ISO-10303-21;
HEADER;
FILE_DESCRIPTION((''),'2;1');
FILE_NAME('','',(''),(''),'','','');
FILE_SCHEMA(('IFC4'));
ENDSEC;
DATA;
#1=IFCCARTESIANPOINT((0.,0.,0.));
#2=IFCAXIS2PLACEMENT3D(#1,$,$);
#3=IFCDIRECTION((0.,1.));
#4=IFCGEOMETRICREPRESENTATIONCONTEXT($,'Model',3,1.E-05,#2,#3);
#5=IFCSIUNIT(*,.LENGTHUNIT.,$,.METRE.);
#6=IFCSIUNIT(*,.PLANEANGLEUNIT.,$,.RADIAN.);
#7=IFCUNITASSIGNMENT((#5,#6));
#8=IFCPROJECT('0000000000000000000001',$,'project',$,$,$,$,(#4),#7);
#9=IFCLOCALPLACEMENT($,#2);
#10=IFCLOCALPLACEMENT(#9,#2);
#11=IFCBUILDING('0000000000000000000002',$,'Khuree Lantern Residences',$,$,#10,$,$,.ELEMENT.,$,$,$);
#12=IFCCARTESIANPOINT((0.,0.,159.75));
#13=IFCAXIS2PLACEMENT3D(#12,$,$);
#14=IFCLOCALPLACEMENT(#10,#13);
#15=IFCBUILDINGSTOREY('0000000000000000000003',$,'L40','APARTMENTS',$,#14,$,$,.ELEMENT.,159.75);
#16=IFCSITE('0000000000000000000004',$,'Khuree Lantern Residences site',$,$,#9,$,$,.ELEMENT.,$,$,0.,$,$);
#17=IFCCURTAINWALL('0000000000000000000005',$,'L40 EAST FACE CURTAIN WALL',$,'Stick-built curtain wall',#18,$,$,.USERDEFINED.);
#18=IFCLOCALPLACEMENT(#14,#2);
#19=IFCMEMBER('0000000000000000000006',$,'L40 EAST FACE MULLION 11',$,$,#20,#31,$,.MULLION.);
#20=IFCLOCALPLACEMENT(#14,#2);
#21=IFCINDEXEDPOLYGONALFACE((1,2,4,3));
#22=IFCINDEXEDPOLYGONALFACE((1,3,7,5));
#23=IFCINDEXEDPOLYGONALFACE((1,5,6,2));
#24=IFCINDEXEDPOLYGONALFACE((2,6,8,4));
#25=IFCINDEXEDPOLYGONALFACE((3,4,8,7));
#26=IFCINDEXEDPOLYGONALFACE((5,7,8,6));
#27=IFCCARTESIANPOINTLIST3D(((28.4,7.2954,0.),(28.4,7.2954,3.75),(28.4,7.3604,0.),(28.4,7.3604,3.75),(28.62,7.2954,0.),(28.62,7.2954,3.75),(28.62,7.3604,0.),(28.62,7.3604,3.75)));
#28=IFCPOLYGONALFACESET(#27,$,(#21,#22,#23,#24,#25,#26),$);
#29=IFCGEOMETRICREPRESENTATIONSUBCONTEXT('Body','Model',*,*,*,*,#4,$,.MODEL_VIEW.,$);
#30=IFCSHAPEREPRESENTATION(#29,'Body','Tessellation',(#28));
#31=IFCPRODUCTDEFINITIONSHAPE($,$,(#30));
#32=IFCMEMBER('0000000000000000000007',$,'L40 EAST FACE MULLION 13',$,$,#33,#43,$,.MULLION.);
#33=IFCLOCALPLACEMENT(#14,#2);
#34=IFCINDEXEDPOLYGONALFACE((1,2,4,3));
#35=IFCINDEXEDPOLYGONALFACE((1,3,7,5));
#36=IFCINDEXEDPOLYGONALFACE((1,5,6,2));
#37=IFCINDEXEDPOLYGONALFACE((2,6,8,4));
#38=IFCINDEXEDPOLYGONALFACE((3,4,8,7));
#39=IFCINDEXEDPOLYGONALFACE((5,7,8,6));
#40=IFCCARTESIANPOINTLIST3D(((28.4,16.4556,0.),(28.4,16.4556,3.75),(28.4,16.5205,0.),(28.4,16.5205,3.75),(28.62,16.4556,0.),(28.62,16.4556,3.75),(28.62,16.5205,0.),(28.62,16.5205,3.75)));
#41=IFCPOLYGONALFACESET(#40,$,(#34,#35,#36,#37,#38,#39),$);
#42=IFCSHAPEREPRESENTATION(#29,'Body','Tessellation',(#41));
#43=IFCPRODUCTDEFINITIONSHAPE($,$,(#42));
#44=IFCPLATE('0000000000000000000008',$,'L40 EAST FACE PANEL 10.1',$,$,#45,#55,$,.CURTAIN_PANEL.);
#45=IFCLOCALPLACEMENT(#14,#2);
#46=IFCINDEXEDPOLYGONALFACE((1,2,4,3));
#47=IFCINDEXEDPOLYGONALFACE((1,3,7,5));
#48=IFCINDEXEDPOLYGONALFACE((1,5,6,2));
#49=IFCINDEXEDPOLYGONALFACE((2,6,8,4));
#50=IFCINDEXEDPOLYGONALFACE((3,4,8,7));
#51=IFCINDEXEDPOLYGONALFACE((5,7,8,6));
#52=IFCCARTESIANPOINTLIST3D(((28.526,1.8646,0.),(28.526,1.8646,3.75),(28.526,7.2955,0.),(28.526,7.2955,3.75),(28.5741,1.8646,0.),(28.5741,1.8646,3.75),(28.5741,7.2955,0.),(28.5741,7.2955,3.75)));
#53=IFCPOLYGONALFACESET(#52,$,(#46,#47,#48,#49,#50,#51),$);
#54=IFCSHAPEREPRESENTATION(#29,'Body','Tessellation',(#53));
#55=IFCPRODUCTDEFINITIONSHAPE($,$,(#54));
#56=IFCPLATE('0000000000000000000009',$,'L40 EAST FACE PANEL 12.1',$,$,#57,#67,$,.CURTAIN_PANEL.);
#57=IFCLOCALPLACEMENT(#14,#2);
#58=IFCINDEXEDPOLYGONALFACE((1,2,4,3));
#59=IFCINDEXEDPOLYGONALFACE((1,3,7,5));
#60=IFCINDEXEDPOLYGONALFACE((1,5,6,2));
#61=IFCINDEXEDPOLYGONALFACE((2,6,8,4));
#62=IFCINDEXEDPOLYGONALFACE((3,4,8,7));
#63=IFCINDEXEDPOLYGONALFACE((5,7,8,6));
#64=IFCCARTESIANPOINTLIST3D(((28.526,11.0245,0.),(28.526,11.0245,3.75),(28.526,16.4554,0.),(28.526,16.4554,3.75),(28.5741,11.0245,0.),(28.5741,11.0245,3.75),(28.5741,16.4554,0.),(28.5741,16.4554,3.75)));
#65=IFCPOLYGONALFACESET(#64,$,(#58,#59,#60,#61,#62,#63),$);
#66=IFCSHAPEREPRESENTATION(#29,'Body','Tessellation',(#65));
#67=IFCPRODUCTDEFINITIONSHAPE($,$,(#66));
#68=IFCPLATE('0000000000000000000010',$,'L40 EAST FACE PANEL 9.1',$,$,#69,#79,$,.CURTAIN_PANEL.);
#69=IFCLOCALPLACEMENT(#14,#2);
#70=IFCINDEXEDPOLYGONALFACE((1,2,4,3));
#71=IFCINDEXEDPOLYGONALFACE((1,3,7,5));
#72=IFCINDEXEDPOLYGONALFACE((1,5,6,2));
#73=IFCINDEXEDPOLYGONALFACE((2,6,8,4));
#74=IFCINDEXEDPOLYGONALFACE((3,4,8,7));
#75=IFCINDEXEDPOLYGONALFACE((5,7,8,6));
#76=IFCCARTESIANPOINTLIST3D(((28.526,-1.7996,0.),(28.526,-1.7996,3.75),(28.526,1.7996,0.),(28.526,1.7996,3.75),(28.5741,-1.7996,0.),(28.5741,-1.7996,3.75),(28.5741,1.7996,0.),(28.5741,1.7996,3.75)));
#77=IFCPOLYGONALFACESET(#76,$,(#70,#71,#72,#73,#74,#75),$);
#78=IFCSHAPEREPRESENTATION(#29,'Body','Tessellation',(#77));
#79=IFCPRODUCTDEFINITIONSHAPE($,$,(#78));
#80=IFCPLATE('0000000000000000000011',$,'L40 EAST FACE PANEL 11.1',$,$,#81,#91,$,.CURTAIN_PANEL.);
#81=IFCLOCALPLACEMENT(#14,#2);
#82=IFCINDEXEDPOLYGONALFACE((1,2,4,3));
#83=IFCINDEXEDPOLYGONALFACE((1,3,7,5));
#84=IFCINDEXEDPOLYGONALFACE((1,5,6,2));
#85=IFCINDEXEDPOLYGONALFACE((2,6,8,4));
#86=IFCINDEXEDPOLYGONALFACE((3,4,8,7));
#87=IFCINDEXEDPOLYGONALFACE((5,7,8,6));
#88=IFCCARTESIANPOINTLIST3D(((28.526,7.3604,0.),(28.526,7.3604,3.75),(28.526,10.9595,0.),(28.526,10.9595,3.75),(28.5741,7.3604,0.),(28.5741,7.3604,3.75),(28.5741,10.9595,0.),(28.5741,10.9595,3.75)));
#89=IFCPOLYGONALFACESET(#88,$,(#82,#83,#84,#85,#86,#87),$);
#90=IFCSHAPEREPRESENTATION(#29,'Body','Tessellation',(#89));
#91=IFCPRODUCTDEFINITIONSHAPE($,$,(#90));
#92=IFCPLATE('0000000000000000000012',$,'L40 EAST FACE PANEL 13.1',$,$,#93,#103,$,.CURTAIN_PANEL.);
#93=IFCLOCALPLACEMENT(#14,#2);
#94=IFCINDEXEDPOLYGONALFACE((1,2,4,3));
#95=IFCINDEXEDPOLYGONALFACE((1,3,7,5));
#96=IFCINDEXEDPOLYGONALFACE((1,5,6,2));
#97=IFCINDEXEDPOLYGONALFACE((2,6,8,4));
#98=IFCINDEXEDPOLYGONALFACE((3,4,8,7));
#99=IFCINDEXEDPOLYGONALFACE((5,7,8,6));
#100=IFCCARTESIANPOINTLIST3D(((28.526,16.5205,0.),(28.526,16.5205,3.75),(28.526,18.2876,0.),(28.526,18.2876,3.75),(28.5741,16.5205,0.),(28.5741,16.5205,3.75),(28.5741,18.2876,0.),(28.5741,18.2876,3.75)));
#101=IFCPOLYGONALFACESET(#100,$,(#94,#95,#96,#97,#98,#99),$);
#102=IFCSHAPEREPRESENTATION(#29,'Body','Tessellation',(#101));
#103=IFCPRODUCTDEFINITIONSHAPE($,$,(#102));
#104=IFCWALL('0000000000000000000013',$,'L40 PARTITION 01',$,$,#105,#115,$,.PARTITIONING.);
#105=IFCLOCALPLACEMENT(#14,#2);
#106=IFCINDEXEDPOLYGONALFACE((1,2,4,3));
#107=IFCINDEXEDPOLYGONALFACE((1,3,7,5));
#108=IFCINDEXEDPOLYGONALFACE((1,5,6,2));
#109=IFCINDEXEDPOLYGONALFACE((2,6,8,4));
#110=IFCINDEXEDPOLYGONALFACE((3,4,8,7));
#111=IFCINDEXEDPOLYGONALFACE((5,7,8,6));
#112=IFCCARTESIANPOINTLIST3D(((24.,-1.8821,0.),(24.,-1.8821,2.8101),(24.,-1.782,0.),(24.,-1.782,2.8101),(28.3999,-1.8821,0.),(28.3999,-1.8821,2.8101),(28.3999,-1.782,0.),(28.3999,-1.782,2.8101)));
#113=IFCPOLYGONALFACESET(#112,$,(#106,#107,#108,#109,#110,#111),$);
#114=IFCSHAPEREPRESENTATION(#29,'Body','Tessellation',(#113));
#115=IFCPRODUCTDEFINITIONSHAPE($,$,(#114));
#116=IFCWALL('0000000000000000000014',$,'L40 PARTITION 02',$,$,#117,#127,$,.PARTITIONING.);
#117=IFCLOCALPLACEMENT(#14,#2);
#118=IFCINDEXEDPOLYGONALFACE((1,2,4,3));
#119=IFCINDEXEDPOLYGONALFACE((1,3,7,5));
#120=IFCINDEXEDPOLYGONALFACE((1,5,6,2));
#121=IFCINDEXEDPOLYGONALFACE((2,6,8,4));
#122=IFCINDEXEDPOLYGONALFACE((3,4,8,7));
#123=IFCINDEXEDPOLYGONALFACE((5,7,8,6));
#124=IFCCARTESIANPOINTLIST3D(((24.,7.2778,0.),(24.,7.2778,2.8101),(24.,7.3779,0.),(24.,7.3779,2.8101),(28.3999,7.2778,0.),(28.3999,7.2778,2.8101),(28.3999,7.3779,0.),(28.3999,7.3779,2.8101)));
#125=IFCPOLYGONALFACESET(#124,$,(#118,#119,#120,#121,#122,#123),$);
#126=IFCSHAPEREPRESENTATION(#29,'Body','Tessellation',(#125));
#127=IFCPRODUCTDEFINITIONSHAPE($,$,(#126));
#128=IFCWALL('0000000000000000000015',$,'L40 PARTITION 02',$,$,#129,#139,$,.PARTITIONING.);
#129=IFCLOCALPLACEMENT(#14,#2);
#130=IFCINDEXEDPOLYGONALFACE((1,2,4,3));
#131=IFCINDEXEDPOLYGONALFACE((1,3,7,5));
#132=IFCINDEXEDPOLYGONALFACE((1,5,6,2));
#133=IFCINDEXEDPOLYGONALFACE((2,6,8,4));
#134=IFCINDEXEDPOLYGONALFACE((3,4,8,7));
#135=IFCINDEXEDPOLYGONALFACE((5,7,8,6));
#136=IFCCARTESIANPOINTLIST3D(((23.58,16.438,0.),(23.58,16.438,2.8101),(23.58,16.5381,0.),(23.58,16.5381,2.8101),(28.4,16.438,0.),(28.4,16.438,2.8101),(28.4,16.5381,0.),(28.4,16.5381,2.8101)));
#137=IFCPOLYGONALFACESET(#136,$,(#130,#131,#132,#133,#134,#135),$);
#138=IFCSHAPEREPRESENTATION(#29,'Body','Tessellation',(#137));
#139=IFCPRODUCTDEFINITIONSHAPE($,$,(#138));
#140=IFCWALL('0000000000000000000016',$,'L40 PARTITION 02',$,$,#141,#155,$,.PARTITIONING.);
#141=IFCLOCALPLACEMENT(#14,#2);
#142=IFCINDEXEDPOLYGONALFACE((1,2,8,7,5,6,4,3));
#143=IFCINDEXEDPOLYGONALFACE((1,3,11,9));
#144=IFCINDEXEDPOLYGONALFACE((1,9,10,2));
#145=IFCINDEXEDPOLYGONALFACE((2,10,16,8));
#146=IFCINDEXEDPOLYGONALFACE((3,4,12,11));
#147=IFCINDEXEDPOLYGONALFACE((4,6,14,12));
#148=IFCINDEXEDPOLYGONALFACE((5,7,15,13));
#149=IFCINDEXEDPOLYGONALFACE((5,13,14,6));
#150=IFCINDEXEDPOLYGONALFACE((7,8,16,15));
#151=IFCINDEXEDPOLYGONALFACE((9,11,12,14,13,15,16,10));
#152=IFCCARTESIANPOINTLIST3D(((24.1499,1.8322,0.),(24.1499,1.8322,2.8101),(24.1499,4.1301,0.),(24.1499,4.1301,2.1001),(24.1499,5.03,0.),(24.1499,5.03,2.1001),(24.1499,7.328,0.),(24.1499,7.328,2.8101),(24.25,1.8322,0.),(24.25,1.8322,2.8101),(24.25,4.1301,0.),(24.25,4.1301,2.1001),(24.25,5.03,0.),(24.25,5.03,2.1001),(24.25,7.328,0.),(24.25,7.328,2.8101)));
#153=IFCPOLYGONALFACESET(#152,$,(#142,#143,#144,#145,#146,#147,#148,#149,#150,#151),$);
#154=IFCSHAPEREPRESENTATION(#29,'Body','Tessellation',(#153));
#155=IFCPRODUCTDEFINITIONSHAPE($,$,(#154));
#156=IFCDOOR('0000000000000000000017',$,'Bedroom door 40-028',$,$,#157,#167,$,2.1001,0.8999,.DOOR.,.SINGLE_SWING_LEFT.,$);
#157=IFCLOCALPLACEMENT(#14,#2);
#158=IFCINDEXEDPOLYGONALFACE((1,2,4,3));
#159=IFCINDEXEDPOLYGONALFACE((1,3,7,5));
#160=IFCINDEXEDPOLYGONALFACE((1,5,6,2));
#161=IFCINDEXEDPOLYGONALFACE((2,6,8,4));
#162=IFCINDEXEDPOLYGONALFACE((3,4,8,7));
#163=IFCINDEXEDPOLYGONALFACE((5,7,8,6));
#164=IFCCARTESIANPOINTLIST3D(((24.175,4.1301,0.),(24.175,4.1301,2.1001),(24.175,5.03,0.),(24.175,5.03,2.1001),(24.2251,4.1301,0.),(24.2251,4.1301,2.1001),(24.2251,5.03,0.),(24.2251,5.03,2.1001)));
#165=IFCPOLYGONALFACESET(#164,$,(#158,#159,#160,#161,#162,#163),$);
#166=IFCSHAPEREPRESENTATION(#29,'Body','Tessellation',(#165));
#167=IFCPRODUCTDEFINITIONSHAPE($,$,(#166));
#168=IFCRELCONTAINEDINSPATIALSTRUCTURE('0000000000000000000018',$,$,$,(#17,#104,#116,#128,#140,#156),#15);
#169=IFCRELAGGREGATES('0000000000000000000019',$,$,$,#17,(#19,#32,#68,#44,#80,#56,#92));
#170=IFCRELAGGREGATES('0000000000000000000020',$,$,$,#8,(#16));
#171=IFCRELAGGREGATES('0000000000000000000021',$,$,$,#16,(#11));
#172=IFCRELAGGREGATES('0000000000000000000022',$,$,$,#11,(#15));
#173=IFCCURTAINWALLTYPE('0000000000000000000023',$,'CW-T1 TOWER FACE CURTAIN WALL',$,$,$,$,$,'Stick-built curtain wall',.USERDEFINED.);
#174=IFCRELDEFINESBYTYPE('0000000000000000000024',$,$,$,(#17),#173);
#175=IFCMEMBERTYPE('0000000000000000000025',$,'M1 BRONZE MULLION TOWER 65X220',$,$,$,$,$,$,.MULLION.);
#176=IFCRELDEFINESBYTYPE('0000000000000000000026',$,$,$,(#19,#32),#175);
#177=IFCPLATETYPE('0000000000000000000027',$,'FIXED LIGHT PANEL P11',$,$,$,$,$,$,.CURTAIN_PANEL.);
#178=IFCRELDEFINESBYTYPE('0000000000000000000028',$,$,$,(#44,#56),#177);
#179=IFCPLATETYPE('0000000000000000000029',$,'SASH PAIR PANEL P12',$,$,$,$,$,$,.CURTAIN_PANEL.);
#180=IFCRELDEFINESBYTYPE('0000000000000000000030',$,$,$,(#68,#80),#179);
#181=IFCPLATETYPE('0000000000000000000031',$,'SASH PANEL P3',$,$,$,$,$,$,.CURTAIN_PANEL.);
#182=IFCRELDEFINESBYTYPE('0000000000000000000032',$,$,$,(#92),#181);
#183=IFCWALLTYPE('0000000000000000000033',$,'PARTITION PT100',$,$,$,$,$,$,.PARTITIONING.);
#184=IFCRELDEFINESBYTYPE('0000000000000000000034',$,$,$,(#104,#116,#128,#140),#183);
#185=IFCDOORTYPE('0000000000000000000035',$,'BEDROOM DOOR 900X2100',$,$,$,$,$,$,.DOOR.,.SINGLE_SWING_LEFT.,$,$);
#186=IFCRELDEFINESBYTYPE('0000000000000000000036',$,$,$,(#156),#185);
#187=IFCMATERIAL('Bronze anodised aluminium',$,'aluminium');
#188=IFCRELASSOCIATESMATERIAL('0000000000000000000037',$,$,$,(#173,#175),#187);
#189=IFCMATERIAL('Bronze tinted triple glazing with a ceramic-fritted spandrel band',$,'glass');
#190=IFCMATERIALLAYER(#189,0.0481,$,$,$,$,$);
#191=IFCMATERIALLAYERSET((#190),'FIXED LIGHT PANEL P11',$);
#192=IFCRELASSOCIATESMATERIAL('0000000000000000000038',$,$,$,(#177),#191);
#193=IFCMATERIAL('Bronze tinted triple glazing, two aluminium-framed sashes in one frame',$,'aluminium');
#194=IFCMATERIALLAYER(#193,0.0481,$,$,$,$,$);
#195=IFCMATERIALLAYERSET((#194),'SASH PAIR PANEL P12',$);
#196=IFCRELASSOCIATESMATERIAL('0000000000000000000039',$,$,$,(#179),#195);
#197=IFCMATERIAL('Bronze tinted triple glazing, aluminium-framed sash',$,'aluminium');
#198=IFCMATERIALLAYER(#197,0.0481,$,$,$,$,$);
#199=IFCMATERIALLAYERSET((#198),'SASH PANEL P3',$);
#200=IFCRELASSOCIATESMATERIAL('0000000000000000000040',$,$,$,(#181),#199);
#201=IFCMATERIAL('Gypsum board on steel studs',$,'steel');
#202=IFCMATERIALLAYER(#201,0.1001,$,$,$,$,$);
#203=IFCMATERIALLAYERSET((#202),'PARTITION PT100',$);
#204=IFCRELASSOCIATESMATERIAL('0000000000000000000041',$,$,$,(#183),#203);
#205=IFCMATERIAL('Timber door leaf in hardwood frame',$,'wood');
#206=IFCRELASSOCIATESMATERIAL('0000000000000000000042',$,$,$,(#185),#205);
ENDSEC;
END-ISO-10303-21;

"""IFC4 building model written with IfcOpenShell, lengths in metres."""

from ifc_helpers import new_model, si_unit, direction, frame, frame_2d, origin, origin_2d, place, context, subcontext, project, spatial, rectangle, extrude, material, layer, layer_set, material_profile, profile_set, type_object, element, fill, aggregate, save


model = new_model("IFC4")

# Units and contexts
model_context = context("Model", 3, precision=1e-05, world=origin(), true_north=direction((0.0, 1.0)))
body_context = subcontext(model_context, "Body", "Model", "MODEL_VIEW")
ifc_project = project(units=[si_unit("LENGTHUNIT", "METRE"), si_unit("PLANEANGLEUNIT", "RADIAN")], contexts=[model_context])

# Site, building, storey
site_placement = place(None, origin())
site = spatial("IfcSite", under=ifc_project, at=site_placement, Name="Khuree Lantern Residences site", CompositionType="ELEMENT", RefElevation=0.0)
building_placement = place(site_placement, origin())
building = spatial("IfcBuilding", under=site, at=building_placement, Name="Khuree Lantern Residences", CompositionType="ELEMENT")
storey_placement = place(building_placement, frame((0.0, 0.0, 159.75)))
storey = spatial("IfcBuildingStorey", under=building, at=storey_placement, Name="L40", Description="APARTMENTS", CompositionType="ELEMENT", Elevation=159.75)

# Curtain wall
ifc_material_1 = material(Name="Bronze anodised aluminium", Category="aluminium")
curtain_wall_type = type_object("IfcCurtainWallType", Name="CW-T1 TOWER FACE CURTAIN WALL", ElementType="Stick-built curtain wall", PredefinedType="USERDEFINED", material=ifc_material_1)
curtain_wall_placement = place(storey_placement, origin())
curtain_wall = element("IfcCurtainWall", 1, at=curtain_wall_placement, inside=storey, type_object=curtain_wall_type, Name="L40 EAST FACE CURTAIN WALL", ObjectType="Stick-built curtain wall", PredefinedType="USERDEFINED")

# Members
ifc_material_profile_1 = material_profile(ifc_material_1, rectangle(XDim=0.0649, YDim=0.22, at=origin_2d()), Name="M1 65X220")
ifc_profile_set_1 = profile_set([ifc_material_profile_1], Name="Bronze anodised aluminium")
member_type_1 = type_object("IfcMemberType", Name="M1 BRONZE MULLION TOWER 65X220", PredefinedType="MULLION", material=ifc_profile_set_1)
member_1_placement = place(storey_placement, frame((28.51, 7.3279, 0.0), z_axis=(0.0, 0.0, 1.0), x_axis=(0.0, 1.0, 0.0)))
member_1 = element("IfcMember", 2, at=member_1_placement, type_object=member_type_1, Name="L40 EAST FACE MULLION 11", PredefinedType="MULLION", context=body_context, shape_type="SweptSolid", body=[
    extrude(rectangle(XDim=0.0649, YDim=0.22, at=origin_2d()), origin(), (0.0, 0.0, 1.0), 3.75),
])
member_2_placement = place(storey_placement, frame((28.51, 16.488, 0.0), z_axis=(0.0, 0.0, 1.0), x_axis=(0.0, 1.0, 0.0)))
member_2 = element("IfcMember", 3, at=member_2_placement, type_object=member_type_1, Name="L40 EAST FACE MULLION 13", PredefinedType="MULLION", context=body_context, shape_type="SweptSolid", body=[
    extrude(rectangle(XDim=0.0649, YDim=0.22, at=origin_2d()), origin(), (0.0, 0.0, 1.0), 3.75),
])

# Plates
ifc_material_2 = material(Name="Bronze tinted triple glazing with a ceramic-fritted spandrel band", Category="glass")
ifc_layer_1 = layer(ifc_material_2, 0.0481)
ifc_layer_set_1 = layer_set([ifc_layer_1], Name="FIXED LIGHT PANEL P11")
plate_type_1 = type_object("IfcPlateType", Name="FIXED LIGHT PANEL P11", PredefinedType="CURTAIN_PANEL", material=ifc_layer_set_1)
plate_1_placement = place(storey_placement, frame((28.55, 4.5801, 0.0), z_axis=(0.0, 0.0, 1.0), x_axis=(0.0, 1.0, 0.0)))
plate_1 = element("IfcPlate", 4, at=plate_1_placement, type_object=plate_type_1, Name="L40 EAST FACE PANEL 10.1", PredefinedType="CURTAIN_PANEL", context=body_context, shape_type="SweptSolid", body=[
    extrude(rectangle(XDim=5.4309, YDim=0.0481, at=origin_2d()), origin(), (0.0, 0.0, 1.0), 3.75),
])
plate_2_placement = place(storey_placement, frame((28.55, 13.74, 0.0), z_axis=(0.0, 0.0, 1.0), x_axis=(0.0, 1.0, 0.0)))
plate_2 = element("IfcPlate", 5, at=plate_2_placement, type_object=plate_type_1, Name="L40 EAST FACE PANEL 12.1", PredefinedType="CURTAIN_PANEL", context=body_context, shape_type="SweptSolid", body=[
    extrude(rectangle(XDim=5.4309, YDim=0.0481, at=origin_2d()), origin(), (0.0, 0.0, 1.0), 3.75),
])
ifc_material_3 = material(Name="Bronze tinted triple glazing, two aluminium-framed sashes in one frame", Category="aluminium")
ifc_layer_2 = layer(ifc_material_3, 0.0481)
ifc_layer_set_2 = layer_set([ifc_layer_2], Name="SASH PAIR PANEL P12")
plate_type_2 = type_object("IfcPlateType", Name="SASH PAIR PANEL P12", PredefinedType="CURTAIN_PANEL", material=ifc_layer_set_2)
plate_3_placement = place(storey_placement, frame((28.55, 0.0, 0.0), z_axis=(0.0, 0.0, 1.0), x_axis=(0.0, 1.0, 0.0)))
plate_3 = element("IfcPlate", 6, at=plate_3_placement, type_object=plate_type_2, Name="L40 EAST FACE PANEL 9.1", PredefinedType="CURTAIN_PANEL", context=body_context, shape_type="SweptSolid", body=[
    extrude(rectangle(XDim=3.5991, YDim=0.0481, at=origin_2d()), origin(), (0.0, 0.0, 1.0), 3.75),
])
plate_4_placement = place(storey_placement, frame((28.55, 9.1599, 0.0), z_axis=(0.0, 0.0, 1.0), x_axis=(0.0, 1.0, 0.0)))
plate_4 = element("IfcPlate", 7, at=plate_4_placement, type_object=plate_type_2, Name="L40 EAST FACE PANEL 11.1", PredefinedType="CURTAIN_PANEL", context=body_context, shape_type="SweptSolid", body=[
    extrude(rectangle(XDim=3.5991, YDim=0.0481, at=origin_2d()), origin(), (0.0, 0.0, 1.0), 3.75),
])
ifc_material_4 = material(Name="Bronze tinted triple glazing, aluminium-framed sash", Category="aluminium")
ifc_layer_3 = layer(ifc_material_4, 0.0481)
ifc_layer_set_3 = layer_set([ifc_layer_3], Name="SASH PANEL P3")
plate_type_3 = type_object("IfcPlateType", Name="SASH PANEL P3", PredefinedType="CURTAIN_PANEL", material=ifc_layer_set_3)
plate_5_placement = place(storey_placement, frame((28.55, 17.4041, 0.0), z_axis=(0.0, 0.0, 1.0), x_axis=(0.0, 1.0, 0.0)))
plate_5 = element("IfcPlate", 8, at=plate_5_placement, type_object=plate_type_3, Name="L40 EAST FACE PANEL 13.1", PredefinedType="CURTAIN_PANEL", context=body_context, shape_type="SweptSolid", body=[
    extrude(rectangle(XDim=1.7671, YDim=0.0481, at=origin_2d()), origin(), (0.0, 0.0, 1.0), 3.75),
])
aggregate(curtain_wall, [member_1, member_2, plate_3, plate_1, plate_4, plate_2, plate_5])

# Walls
ifc_material_5 = material(Name="Gypsum board on steel studs", Category="steel")
ifc_layer_4 = layer(ifc_material_5, 0.1001)
ifc_layer_set_4 = layer_set([ifc_layer_4], Name="PARTITION PT100")
wall_type = type_object("IfcWallType", Name="PARTITION PT100", PredefinedType="PARTITIONING", material=ifc_layer_set_4)
for number, where, z_axis, x_axis, name in (
    (9, (24.0, -1.832, 0.0), (0.0, 0.0, 1.0), (1.0, 0.0, 0.0), "L40 PARTITION 01"),
    (10, (24.0, 7.3279, 0.0), (0.0, 0.0, 1.0), (1.0, 0.0, 0.0), "L40 PARTITION 02"),
):
    element("IfcWall", number, at=place(storey_placement, frame(where, z_axis=z_axis, x_axis=x_axis)), inside=storey, type_object=wall_type, Name=name, PredefinedType="PARTITIONING", context=body_context, shape_type="SweptSolid", body=[
        extrude(rectangle(XDim=4.3999, YDim=0.1001, at=frame_2d((2.2, 0.0))), origin(), (0.0, 0.0, 1.0), 2.8101),
    ])
wall_1_placement = place(storey_placement, frame((23.5798, 16.488, 0.0), z_axis=(0.0, 0.0, 1.0), x_axis=(1.0, 0.0, 0.0)))
element("IfcWall", 11, at=wall_1_placement, inside=storey, type_object=wall_type, Name="L40 PARTITION 02", PredefinedType="PARTITIONING", context=body_context, shape_type="SweptSolid", body=[
    extrude(rectangle(XDim=4.8201, YDim=0.1001, at=frame_2d((2.4102, 0.0))), origin(), (0.0, 0.0, 1.0), 2.8101),
])

# Wall, opening, door
wall_2_placement = place(storey_placement, frame((24.2, 1.832, 0.0), z_axis=(0.0, 0.0, 1.0), x_axis=(0.0, 1.0, 0.0)))
wall_2 = element("IfcWall", 12, at=wall_2_placement, inside=storey, type_object=wall_type, Name="L40 PARTITION 02", PredefinedType="PARTITIONING", context=body_context, shape_type="SweptSolid", body=[
    extrude(rectangle(XDim=5.4958, YDim=0.1001, at=frame_2d((2.748, 0.0))), origin(), (0.0, 0.0, 1.0), 2.8101),
])
opening_1_placement = place(wall_2_placement, frame((2.2981, 0.0, 0.0)))
opening_1 = element("IfcOpeningElement", 13, at=opening_1_placement, cuts=wall_2, PredefinedType="OPENING", context=body_context, shape_type="SweptSolid", body=[
    extrude(rectangle(XDim=0.8999, YDim=2.1001, at=frame_2d((0.45, 1.05))), frame((0.0, 0.0601, 0.0), z_axis=(0.0, -1.0, 0.0), x_axis=(1.0, 0.0, 0.0)), (0.0, 0.0, 1.0), 0.1201),
])
ifc_material_6 = material(Name="Timber door leaf in hardwood frame", Category="wood")
door_type_1 = type_object("IfcDoorType", Name="BEDROOM DOOR 900X2100", OperationType="SINGLE_SWING_LEFT", PredefinedType="DOOR", material=ifc_material_6)
door_1_placement = place(opening_1_placement, origin())
door_1 = element("IfcDoor", 14, at=door_1_placement, inside=storey, type_object=door_type_1, Name="Bedroom door 40-028", OperationType="SINGLE_SWING_LEFT", OverallHeight=2.1001, OverallWidth=0.8999, PredefinedType="DOOR", context=body_context, shape_type="SweptSolid", body=[
    extrude(rectangle(XDim=0.8999, YDim=2.1001, at=frame_2d((0.45, 1.05))), frame((0.0, 0.0249, 0.0), z_axis=(0.0, -1.0, 0.0), x_axis=(1.0, 0.0, 0.0)), (0.0, 0.0, 1.0), 0.05),
])
fill(opening_1, door_1)

save(model, "model.ifc")
